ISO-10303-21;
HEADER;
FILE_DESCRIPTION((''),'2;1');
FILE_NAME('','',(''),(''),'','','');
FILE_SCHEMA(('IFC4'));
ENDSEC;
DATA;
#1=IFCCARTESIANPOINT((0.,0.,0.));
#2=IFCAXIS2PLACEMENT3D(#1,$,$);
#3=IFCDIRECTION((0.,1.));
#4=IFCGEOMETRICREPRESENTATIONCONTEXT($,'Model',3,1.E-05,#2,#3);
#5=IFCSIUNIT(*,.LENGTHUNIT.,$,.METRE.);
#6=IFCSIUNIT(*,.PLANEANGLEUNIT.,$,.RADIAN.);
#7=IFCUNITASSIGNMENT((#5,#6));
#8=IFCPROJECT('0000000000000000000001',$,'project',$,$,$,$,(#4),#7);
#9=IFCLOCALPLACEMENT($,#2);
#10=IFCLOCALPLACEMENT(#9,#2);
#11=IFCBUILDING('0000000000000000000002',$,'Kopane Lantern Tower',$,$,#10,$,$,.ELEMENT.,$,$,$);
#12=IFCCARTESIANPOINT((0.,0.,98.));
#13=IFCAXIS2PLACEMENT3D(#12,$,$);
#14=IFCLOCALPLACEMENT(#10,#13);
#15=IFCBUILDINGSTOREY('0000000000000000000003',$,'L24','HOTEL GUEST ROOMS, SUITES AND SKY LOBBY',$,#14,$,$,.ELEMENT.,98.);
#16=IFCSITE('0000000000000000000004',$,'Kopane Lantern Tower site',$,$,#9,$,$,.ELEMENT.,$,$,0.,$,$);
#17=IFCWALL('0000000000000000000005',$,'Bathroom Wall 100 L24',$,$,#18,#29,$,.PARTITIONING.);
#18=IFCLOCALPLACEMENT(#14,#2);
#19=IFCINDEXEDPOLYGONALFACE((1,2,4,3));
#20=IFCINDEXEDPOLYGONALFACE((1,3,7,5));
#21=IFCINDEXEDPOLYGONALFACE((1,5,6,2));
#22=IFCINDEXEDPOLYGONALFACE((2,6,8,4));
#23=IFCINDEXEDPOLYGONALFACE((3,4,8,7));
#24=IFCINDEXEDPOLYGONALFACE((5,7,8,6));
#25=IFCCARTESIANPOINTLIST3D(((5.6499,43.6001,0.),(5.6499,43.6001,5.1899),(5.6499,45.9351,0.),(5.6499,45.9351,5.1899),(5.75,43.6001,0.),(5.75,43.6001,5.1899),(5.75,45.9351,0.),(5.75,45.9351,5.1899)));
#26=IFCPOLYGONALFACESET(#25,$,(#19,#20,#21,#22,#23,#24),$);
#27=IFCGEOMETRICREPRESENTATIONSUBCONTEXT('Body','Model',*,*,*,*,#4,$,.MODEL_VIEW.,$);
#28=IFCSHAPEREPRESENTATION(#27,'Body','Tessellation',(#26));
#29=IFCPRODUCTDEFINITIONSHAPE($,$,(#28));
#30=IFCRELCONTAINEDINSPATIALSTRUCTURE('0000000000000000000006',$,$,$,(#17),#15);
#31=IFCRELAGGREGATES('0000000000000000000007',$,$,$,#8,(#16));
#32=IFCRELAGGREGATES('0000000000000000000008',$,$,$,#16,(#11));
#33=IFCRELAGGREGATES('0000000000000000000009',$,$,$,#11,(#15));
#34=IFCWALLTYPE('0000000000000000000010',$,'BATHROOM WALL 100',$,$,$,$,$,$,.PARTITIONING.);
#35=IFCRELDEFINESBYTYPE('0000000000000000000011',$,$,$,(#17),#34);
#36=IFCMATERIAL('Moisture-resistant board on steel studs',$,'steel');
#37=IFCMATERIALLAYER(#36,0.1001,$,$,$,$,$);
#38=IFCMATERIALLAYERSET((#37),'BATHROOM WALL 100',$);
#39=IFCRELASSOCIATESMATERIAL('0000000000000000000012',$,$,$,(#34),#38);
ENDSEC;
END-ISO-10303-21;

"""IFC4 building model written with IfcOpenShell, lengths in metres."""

from ifc_helpers import new_model, si_unit, direction, frame, frame_2d, origin, place, context, subcontext, project, spatial, rectangle, extrude, material, layer, layer_set, type_object, element, save


model = new_model("IFC4")

# Units and contexts
model_context = context("Model", 3, precision=1e-05, world=origin(), true_north=direction((0.0, 1.0)))
body_context = subcontext(model_context, "Body", "Model", "MODEL_VIEW")
ifc_project = project(units=[si_unit("LENGTHUNIT", "METRE"), si_unit("PLANEANGLEUNIT", "RADIAN")], contexts=[model_context])

# Site, building, storey
site_placement = place(None, origin())
site = spatial("IfcSite", under=ifc_project, at=site_placement, Name="Kopane Lantern Tower site", CompositionType="ELEMENT", RefElevation=0.0)
building_placement = place(site_placement, origin())
building = spatial("IfcBuilding", under=site, at=building_placement, Name="Kopane Lantern Tower", CompositionType="ELEMENT")
storey_placement = place(building_placement, frame((0.0, 0.0, 98.0)))
storey = spatial("IfcBuildingStorey", under=building, at=storey_placement, Name="L24", Description="HOTEL GUEST ROOMS, SUITES AND SKY LOBBY", CompositionType="ELEMENT", Elevation=98.0)

# Wall
ifc_material_1 = material(Name="Moisture-resistant board on steel studs", Category="steel")
ifc_layer_1 = layer(ifc_material_1, 0.1001)
ifc_layer_set_1 = layer_set([ifc_layer_1], Name="BATHROOM WALL 100")
wall_type = type_object("IfcWallType", Name="BATHROOM WALL 100", PredefinedType="PARTITIONING", material=ifc_layer_set_1)
wall_placement = place(storey_placement, frame((5.7, 43.6001, 0.0), z_axis=(0.0, 0.0, 1.0), x_axis=(0.0, 1.0, 0.0)))
element("IfcWall", 1, at=wall_placement, inside=storey, type_object=wall_type, Name="Bathroom Wall 100 L24", PredefinedType="PARTITIONING", context=body_context, shape_type="SweptSolid", body=[
    extrude(rectangle(XDim=2.335, YDim=0.1001, at=frame_2d((1.1675, 0.0))), origin(), (0.0, 0.0, 1.0), 5.1899),
])

save(model, "model.ifc")
